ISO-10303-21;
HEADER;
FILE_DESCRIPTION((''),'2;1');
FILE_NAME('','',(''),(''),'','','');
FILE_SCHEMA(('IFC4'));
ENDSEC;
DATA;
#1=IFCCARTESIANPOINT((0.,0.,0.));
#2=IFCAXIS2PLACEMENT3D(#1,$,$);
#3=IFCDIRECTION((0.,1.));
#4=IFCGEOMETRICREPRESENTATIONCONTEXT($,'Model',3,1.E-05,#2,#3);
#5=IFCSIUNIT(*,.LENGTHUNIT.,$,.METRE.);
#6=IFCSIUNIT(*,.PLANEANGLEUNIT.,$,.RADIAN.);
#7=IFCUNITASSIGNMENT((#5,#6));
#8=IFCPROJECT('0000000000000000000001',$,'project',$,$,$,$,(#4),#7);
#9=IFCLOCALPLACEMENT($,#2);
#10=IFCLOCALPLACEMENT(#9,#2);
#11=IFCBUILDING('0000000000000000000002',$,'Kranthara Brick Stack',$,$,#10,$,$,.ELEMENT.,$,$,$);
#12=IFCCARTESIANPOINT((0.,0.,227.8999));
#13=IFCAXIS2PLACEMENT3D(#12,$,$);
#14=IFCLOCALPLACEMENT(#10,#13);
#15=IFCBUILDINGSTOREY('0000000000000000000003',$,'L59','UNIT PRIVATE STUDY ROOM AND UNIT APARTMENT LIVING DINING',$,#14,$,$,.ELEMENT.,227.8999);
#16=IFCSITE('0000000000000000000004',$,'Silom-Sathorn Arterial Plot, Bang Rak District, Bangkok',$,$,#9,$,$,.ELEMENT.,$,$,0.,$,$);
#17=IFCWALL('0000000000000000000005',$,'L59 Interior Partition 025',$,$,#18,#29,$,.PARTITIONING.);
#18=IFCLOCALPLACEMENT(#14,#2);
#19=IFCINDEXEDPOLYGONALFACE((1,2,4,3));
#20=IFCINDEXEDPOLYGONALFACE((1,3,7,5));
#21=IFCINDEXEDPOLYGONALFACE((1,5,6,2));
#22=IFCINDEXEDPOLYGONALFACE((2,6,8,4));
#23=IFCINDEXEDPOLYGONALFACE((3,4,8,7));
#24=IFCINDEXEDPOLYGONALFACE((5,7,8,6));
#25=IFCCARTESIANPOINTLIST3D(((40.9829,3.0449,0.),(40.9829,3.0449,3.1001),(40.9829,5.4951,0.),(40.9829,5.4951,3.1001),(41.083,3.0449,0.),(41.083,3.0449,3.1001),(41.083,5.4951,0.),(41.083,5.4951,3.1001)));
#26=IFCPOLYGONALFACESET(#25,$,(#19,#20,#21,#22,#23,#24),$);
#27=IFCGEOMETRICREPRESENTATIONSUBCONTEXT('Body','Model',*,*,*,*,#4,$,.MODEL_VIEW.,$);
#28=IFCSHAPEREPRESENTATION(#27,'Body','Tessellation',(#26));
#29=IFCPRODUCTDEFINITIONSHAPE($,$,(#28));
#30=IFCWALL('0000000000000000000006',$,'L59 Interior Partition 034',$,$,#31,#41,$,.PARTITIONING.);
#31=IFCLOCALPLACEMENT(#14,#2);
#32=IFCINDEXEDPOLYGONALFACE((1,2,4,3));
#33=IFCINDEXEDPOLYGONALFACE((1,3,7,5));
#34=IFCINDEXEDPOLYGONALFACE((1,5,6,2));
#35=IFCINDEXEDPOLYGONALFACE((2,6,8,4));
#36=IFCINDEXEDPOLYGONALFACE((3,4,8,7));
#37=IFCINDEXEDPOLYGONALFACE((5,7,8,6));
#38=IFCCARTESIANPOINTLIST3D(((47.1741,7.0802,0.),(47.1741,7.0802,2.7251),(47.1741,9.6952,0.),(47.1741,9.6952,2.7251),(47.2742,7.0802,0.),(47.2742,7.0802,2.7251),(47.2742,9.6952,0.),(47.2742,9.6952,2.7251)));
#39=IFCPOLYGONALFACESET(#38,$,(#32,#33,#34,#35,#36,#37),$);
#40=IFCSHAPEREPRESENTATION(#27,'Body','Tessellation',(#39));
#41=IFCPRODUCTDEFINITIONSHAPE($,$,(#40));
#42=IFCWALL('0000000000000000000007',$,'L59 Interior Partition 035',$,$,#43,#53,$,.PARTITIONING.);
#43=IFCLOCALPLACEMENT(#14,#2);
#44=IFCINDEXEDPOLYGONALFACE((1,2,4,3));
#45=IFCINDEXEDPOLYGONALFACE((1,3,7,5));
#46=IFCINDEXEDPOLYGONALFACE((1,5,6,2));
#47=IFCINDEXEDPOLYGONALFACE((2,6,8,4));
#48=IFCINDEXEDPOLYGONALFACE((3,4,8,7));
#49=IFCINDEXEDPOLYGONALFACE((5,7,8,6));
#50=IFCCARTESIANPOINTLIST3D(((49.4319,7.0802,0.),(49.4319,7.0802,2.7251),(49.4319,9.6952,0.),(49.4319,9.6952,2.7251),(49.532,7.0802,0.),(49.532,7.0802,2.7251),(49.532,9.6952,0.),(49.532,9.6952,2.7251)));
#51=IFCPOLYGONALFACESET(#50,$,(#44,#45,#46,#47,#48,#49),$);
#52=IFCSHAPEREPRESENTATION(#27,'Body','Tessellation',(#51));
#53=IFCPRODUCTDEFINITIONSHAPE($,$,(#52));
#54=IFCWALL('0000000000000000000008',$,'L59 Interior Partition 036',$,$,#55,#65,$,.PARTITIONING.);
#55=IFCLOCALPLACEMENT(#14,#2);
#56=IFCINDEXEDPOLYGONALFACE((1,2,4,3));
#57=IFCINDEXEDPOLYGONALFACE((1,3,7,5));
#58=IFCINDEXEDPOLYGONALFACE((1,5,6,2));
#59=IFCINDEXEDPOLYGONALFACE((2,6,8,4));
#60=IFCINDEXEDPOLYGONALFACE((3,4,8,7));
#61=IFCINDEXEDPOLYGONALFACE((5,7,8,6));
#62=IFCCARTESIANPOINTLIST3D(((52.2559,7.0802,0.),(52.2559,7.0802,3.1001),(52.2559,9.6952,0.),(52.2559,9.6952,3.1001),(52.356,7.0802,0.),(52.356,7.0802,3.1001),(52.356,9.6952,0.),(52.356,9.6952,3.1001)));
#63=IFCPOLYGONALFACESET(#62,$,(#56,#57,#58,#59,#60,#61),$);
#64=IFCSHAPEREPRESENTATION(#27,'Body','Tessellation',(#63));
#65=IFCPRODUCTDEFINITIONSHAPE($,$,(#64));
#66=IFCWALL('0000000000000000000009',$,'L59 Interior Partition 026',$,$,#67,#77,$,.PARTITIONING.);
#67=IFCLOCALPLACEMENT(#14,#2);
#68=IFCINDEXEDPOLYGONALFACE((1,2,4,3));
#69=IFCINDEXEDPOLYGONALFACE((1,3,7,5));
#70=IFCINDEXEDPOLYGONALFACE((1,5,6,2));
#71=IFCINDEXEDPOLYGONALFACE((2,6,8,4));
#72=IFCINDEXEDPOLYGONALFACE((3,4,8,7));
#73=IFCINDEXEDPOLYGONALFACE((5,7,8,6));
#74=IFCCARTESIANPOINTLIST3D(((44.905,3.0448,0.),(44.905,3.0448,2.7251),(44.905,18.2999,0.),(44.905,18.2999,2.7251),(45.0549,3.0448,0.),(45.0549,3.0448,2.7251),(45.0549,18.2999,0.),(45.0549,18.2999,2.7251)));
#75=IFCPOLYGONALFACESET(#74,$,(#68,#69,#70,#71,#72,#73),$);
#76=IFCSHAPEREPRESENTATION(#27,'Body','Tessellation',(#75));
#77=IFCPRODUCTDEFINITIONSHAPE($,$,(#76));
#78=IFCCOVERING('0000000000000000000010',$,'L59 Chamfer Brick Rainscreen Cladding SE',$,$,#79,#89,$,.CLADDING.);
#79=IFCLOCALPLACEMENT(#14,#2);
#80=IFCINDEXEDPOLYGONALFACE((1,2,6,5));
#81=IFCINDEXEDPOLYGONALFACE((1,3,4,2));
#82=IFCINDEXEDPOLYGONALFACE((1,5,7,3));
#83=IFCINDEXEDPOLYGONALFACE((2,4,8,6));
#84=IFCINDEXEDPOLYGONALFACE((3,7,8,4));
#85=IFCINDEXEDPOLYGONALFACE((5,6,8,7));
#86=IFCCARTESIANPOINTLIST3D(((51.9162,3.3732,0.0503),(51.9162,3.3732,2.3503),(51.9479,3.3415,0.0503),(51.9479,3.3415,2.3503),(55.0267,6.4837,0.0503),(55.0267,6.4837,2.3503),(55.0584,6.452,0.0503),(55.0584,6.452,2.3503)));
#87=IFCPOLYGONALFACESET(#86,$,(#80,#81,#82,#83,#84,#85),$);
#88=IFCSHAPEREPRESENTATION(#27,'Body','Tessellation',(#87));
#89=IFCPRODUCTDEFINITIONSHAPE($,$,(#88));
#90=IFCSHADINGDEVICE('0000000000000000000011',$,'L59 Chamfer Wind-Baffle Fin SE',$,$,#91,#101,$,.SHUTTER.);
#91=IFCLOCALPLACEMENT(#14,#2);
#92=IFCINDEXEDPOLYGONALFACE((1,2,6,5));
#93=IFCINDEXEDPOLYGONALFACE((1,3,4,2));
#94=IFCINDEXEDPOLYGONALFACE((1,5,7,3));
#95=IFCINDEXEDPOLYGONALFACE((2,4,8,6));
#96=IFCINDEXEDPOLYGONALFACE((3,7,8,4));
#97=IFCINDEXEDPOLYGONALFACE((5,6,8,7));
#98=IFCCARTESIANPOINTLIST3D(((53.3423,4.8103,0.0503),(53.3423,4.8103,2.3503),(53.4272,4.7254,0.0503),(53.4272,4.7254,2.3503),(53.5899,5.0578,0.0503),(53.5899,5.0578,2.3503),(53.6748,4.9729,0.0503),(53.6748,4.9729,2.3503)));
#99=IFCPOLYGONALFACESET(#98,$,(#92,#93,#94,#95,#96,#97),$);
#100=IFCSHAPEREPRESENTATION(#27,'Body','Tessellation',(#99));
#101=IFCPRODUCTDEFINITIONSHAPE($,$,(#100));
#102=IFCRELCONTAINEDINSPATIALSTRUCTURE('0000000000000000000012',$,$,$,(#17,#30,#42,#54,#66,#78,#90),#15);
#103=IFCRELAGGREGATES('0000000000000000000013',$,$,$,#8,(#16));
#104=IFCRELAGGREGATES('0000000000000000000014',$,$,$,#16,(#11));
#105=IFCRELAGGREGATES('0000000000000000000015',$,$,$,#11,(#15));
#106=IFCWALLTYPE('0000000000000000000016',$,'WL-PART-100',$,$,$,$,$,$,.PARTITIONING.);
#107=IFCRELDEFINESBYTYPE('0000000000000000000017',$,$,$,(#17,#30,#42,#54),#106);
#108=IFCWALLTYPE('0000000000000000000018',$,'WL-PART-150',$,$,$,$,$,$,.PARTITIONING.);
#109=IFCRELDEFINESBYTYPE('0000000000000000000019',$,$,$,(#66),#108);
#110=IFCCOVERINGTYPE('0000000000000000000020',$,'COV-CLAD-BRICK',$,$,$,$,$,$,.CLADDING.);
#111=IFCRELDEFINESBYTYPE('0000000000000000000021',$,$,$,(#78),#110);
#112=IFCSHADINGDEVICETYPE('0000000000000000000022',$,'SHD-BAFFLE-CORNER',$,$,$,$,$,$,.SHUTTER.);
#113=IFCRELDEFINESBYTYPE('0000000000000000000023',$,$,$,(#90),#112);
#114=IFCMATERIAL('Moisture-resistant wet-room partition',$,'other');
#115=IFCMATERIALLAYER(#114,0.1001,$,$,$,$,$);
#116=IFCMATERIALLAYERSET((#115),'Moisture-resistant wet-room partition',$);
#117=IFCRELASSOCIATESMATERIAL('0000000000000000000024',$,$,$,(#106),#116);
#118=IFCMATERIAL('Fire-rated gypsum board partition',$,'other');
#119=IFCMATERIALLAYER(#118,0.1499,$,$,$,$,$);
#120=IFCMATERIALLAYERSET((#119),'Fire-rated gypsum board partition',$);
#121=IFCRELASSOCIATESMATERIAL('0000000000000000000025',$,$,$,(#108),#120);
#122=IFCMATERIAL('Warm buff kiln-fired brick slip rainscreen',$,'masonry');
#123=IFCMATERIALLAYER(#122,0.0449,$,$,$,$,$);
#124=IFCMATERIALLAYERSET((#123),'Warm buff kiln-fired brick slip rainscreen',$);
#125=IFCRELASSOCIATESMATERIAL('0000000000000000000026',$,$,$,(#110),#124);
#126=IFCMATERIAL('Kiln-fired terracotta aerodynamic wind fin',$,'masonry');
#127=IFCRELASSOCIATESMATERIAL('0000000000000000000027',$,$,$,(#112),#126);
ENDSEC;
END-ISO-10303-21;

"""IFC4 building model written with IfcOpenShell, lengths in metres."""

from ifc_helpers import new_model, si_unit, direction, frame, frame_2d, origin, origin_2d, place, context, subcontext, project, spatial, rectangle, extrude, material, layer, layer_set, type_object, element, save


model = new_model("IFC4")

# Units and contexts
model_context = context("Model", 3, precision=1e-05, world=origin(), true_north=direction((0.0, 1.0)))
body_context = subcontext(model_context, "Body", "Model", "MODEL_VIEW")
ifc_project = project(units=[si_unit("LENGTHUNIT", "METRE"), si_unit("PLANEANGLEUNIT", "RADIAN")], contexts=[model_context])

# Site, building, storey
site_placement = place(None, origin())
site = spatial("IfcSite", under=ifc_project, at=site_placement, Name="Silom-Sathorn Arterial Plot, Bang Rak District, Bangkok", CompositionType="ELEMENT", RefElevation=0.0)
building_placement = place(site_placement, origin())
building = spatial("IfcBuilding", under=site, at=building_placement, Name="Kranthara Brick Stack", CompositionType="ELEMENT")
storey_placement = place(building_placement, frame((0.0, 0.0, 227.8999)))
storey = spatial("IfcBuildingStorey", under=building, at=storey_placement, Name="L59", Description="UNIT PRIVATE STUDY ROOM AND UNIT APARTMENT LIVING DINING", CompositionType="ELEMENT", Elevation=227.8999)

# Shared definitions
ifc_material_1 = material(Name="Moisture-resistant wet-room partition", Category="other")
ifc_layer_1 = layer(ifc_material_1, 0.1001)
ifc_layer_set_1 = layer_set([ifc_layer_1], Name="Moisture-resistant wet-room partition")
wall_type_1 = type_object("IfcWallType", Name="WL-PART-100", PredefinedType="PARTITIONING", material=ifc_layer_set_1)

# Walls
wall_1_placement = place(storey_placement, frame((41.033, 3.0449, 0.0), z_axis=(0.0, 0.0, 1.0), x_axis=(0.0, 1.0, 0.0)))
element("IfcWall", 1, at=wall_1_placement, inside=storey, type_object=wall_type_1, Name="L59 Interior Partition 025", PredefinedType="PARTITIONING", context=body_context, shape_type="SweptSolid", body=[
    extrude(rectangle(XDim=2.4502, YDim=0.1001, at=frame_2d((1.2251, 0.0))), origin(), (0.0, 0.0, 1.0), 3.1001),
])
for number, where, z_axis, x_axis, name in (
    (2, (47.2241, 7.0801, 0.0), (0.0, 0.0, 1.0), (0.0, 1.0, 0.0), "L59 Interior Partition 034"),
    (3, (49.4819, 7.0801, 0.0), (0.0, 0.0, 1.0), (0.0, 1.0, 0.0), "L59 Interior Partition 035"),
):
    element("IfcWall", number, at=place(storey_placement, frame(where, z_axis=z_axis, x_axis=x_axis)), inside=storey, type_object=wall_type_1, Name=name, PredefinedType="PARTITIONING", context=body_context, shape_type="SweptSolid", body=[
        extrude(rectangle(XDim=2.615, YDim=0.1001, at=frame_2d((1.3076, 0.0))), origin(), (0.0, 0.0, 1.0), 2.7251),
    ])
wall_2_placement = place(storey_placement, frame((52.3059, 7.0801, 0.0), z_axis=(0.0, 0.0, 1.0), x_axis=(0.0, 1.0, 0.0)))
element("IfcWall", 4, at=wall_2_placement, inside=storey, type_object=wall_type_1, Name="L59 Interior Partition 036", PredefinedType="PARTITIONING", context=body_context, shape_type="SweptSolid", body=[
    extrude(rectangle(XDim=2.615, YDim=0.1001, at=frame_2d((1.3076, 0.0))), origin(), (0.0, 0.0, 1.0), 3.1001),
])
ifc_material_2 = material(Name="Fire-rated gypsum board partition", Category="other")
ifc_layer_2 = layer(ifc_material_2, 0.1499)
ifc_layer_set_2 = layer_set([ifc_layer_2], Name="Fire-rated gypsum board partition")
wall_type_2 = type_object("IfcWallType", Name="WL-PART-150", PredefinedType="PARTITIONING", material=ifc_layer_set_2)
wall_3_placement = place(storey_placement, frame((44.98, 3.0449, 0.0), z_axis=(0.0, 0.0, 1.0), x_axis=(0.0, 1.0, 0.0)))
element("IfcWall", 5, at=wall_3_placement, inside=storey, type_object=wall_type_2, Name="L59 Interior Partition 026", PredefinedType="PARTITIONING", context=body_context, shape_type="SweptSolid", body=[
    extrude(rectangle(XDim=15.2551, YDim=0.1499, at=frame_2d((7.6274, 0.0))), origin(), (0.0, 0.0, 1.0), 2.7251),
])

# Covering
ifc_material_3 = material(Name="Warm buff kiln-fired brick slip rainscreen", Category="masonry")
ifc_layer_3 = layer(ifc_material_3, 0.0449)
ifc_layer_set_3 = layer_set([ifc_layer_3], Name="Warm buff kiln-fired brick slip rainscreen")
covering_type = type_object("IfcCoveringType", Name="COV-CLAD-BRICK", PredefinedType="CLADDING", material=ifc_layer_set_3)
covering_placement = place(storey_placement, frame((53.4873, 4.9126, 0.0503), z_axis=(0.0, 0.0, 1.0), x_axis=(-0.707107, -0.707107, 0.0)))
element("IfcCovering", 6, at=covering_placement, inside=storey, type_object=covering_type, Name="L59 Chamfer Brick Rainscreen Cladding SE", PredefinedType="CLADDING", context=body_context, shape_type="SweptSolid", body=[
    extrude(rectangle(XDim=4.3989, YDim=0.0449, at=origin_2d()), origin(), (0.0, 0.0, 1.0), 2.3),
])

# Shading device
ifc_material_4 = material(Name="Kiln-fired terracotta aerodynamic wind fin", Category="masonry")
shading_device_type = type_object("IfcShadingDeviceType", Name="SHD-BAFFLE-CORNER", PredefinedType="SHUTTER", material=ifc_material_4)
shading_device_placement = place(storey_placement, frame((53.5085, 4.8916, 0.0503), z_axis=(0.0, 0.0, 1.0), x_axis=(-0.707107, -0.707107, 0.0)))
element("IfcShadingDevice", 7, at=shading_device_placement, inside=storey, type_object=shading_device_type, Name="L59 Chamfer Wind-Baffle Fin SE", PredefinedType="SHUTTER", context=body_context, shape_type="SweptSolid", body=[
    extrude(rectangle(XDim=0.3501, YDim=0.1201, at=origin_2d()), origin(), (0.0, 0.0, 1.0), 2.3),
])

save(model, "model.ifc")
